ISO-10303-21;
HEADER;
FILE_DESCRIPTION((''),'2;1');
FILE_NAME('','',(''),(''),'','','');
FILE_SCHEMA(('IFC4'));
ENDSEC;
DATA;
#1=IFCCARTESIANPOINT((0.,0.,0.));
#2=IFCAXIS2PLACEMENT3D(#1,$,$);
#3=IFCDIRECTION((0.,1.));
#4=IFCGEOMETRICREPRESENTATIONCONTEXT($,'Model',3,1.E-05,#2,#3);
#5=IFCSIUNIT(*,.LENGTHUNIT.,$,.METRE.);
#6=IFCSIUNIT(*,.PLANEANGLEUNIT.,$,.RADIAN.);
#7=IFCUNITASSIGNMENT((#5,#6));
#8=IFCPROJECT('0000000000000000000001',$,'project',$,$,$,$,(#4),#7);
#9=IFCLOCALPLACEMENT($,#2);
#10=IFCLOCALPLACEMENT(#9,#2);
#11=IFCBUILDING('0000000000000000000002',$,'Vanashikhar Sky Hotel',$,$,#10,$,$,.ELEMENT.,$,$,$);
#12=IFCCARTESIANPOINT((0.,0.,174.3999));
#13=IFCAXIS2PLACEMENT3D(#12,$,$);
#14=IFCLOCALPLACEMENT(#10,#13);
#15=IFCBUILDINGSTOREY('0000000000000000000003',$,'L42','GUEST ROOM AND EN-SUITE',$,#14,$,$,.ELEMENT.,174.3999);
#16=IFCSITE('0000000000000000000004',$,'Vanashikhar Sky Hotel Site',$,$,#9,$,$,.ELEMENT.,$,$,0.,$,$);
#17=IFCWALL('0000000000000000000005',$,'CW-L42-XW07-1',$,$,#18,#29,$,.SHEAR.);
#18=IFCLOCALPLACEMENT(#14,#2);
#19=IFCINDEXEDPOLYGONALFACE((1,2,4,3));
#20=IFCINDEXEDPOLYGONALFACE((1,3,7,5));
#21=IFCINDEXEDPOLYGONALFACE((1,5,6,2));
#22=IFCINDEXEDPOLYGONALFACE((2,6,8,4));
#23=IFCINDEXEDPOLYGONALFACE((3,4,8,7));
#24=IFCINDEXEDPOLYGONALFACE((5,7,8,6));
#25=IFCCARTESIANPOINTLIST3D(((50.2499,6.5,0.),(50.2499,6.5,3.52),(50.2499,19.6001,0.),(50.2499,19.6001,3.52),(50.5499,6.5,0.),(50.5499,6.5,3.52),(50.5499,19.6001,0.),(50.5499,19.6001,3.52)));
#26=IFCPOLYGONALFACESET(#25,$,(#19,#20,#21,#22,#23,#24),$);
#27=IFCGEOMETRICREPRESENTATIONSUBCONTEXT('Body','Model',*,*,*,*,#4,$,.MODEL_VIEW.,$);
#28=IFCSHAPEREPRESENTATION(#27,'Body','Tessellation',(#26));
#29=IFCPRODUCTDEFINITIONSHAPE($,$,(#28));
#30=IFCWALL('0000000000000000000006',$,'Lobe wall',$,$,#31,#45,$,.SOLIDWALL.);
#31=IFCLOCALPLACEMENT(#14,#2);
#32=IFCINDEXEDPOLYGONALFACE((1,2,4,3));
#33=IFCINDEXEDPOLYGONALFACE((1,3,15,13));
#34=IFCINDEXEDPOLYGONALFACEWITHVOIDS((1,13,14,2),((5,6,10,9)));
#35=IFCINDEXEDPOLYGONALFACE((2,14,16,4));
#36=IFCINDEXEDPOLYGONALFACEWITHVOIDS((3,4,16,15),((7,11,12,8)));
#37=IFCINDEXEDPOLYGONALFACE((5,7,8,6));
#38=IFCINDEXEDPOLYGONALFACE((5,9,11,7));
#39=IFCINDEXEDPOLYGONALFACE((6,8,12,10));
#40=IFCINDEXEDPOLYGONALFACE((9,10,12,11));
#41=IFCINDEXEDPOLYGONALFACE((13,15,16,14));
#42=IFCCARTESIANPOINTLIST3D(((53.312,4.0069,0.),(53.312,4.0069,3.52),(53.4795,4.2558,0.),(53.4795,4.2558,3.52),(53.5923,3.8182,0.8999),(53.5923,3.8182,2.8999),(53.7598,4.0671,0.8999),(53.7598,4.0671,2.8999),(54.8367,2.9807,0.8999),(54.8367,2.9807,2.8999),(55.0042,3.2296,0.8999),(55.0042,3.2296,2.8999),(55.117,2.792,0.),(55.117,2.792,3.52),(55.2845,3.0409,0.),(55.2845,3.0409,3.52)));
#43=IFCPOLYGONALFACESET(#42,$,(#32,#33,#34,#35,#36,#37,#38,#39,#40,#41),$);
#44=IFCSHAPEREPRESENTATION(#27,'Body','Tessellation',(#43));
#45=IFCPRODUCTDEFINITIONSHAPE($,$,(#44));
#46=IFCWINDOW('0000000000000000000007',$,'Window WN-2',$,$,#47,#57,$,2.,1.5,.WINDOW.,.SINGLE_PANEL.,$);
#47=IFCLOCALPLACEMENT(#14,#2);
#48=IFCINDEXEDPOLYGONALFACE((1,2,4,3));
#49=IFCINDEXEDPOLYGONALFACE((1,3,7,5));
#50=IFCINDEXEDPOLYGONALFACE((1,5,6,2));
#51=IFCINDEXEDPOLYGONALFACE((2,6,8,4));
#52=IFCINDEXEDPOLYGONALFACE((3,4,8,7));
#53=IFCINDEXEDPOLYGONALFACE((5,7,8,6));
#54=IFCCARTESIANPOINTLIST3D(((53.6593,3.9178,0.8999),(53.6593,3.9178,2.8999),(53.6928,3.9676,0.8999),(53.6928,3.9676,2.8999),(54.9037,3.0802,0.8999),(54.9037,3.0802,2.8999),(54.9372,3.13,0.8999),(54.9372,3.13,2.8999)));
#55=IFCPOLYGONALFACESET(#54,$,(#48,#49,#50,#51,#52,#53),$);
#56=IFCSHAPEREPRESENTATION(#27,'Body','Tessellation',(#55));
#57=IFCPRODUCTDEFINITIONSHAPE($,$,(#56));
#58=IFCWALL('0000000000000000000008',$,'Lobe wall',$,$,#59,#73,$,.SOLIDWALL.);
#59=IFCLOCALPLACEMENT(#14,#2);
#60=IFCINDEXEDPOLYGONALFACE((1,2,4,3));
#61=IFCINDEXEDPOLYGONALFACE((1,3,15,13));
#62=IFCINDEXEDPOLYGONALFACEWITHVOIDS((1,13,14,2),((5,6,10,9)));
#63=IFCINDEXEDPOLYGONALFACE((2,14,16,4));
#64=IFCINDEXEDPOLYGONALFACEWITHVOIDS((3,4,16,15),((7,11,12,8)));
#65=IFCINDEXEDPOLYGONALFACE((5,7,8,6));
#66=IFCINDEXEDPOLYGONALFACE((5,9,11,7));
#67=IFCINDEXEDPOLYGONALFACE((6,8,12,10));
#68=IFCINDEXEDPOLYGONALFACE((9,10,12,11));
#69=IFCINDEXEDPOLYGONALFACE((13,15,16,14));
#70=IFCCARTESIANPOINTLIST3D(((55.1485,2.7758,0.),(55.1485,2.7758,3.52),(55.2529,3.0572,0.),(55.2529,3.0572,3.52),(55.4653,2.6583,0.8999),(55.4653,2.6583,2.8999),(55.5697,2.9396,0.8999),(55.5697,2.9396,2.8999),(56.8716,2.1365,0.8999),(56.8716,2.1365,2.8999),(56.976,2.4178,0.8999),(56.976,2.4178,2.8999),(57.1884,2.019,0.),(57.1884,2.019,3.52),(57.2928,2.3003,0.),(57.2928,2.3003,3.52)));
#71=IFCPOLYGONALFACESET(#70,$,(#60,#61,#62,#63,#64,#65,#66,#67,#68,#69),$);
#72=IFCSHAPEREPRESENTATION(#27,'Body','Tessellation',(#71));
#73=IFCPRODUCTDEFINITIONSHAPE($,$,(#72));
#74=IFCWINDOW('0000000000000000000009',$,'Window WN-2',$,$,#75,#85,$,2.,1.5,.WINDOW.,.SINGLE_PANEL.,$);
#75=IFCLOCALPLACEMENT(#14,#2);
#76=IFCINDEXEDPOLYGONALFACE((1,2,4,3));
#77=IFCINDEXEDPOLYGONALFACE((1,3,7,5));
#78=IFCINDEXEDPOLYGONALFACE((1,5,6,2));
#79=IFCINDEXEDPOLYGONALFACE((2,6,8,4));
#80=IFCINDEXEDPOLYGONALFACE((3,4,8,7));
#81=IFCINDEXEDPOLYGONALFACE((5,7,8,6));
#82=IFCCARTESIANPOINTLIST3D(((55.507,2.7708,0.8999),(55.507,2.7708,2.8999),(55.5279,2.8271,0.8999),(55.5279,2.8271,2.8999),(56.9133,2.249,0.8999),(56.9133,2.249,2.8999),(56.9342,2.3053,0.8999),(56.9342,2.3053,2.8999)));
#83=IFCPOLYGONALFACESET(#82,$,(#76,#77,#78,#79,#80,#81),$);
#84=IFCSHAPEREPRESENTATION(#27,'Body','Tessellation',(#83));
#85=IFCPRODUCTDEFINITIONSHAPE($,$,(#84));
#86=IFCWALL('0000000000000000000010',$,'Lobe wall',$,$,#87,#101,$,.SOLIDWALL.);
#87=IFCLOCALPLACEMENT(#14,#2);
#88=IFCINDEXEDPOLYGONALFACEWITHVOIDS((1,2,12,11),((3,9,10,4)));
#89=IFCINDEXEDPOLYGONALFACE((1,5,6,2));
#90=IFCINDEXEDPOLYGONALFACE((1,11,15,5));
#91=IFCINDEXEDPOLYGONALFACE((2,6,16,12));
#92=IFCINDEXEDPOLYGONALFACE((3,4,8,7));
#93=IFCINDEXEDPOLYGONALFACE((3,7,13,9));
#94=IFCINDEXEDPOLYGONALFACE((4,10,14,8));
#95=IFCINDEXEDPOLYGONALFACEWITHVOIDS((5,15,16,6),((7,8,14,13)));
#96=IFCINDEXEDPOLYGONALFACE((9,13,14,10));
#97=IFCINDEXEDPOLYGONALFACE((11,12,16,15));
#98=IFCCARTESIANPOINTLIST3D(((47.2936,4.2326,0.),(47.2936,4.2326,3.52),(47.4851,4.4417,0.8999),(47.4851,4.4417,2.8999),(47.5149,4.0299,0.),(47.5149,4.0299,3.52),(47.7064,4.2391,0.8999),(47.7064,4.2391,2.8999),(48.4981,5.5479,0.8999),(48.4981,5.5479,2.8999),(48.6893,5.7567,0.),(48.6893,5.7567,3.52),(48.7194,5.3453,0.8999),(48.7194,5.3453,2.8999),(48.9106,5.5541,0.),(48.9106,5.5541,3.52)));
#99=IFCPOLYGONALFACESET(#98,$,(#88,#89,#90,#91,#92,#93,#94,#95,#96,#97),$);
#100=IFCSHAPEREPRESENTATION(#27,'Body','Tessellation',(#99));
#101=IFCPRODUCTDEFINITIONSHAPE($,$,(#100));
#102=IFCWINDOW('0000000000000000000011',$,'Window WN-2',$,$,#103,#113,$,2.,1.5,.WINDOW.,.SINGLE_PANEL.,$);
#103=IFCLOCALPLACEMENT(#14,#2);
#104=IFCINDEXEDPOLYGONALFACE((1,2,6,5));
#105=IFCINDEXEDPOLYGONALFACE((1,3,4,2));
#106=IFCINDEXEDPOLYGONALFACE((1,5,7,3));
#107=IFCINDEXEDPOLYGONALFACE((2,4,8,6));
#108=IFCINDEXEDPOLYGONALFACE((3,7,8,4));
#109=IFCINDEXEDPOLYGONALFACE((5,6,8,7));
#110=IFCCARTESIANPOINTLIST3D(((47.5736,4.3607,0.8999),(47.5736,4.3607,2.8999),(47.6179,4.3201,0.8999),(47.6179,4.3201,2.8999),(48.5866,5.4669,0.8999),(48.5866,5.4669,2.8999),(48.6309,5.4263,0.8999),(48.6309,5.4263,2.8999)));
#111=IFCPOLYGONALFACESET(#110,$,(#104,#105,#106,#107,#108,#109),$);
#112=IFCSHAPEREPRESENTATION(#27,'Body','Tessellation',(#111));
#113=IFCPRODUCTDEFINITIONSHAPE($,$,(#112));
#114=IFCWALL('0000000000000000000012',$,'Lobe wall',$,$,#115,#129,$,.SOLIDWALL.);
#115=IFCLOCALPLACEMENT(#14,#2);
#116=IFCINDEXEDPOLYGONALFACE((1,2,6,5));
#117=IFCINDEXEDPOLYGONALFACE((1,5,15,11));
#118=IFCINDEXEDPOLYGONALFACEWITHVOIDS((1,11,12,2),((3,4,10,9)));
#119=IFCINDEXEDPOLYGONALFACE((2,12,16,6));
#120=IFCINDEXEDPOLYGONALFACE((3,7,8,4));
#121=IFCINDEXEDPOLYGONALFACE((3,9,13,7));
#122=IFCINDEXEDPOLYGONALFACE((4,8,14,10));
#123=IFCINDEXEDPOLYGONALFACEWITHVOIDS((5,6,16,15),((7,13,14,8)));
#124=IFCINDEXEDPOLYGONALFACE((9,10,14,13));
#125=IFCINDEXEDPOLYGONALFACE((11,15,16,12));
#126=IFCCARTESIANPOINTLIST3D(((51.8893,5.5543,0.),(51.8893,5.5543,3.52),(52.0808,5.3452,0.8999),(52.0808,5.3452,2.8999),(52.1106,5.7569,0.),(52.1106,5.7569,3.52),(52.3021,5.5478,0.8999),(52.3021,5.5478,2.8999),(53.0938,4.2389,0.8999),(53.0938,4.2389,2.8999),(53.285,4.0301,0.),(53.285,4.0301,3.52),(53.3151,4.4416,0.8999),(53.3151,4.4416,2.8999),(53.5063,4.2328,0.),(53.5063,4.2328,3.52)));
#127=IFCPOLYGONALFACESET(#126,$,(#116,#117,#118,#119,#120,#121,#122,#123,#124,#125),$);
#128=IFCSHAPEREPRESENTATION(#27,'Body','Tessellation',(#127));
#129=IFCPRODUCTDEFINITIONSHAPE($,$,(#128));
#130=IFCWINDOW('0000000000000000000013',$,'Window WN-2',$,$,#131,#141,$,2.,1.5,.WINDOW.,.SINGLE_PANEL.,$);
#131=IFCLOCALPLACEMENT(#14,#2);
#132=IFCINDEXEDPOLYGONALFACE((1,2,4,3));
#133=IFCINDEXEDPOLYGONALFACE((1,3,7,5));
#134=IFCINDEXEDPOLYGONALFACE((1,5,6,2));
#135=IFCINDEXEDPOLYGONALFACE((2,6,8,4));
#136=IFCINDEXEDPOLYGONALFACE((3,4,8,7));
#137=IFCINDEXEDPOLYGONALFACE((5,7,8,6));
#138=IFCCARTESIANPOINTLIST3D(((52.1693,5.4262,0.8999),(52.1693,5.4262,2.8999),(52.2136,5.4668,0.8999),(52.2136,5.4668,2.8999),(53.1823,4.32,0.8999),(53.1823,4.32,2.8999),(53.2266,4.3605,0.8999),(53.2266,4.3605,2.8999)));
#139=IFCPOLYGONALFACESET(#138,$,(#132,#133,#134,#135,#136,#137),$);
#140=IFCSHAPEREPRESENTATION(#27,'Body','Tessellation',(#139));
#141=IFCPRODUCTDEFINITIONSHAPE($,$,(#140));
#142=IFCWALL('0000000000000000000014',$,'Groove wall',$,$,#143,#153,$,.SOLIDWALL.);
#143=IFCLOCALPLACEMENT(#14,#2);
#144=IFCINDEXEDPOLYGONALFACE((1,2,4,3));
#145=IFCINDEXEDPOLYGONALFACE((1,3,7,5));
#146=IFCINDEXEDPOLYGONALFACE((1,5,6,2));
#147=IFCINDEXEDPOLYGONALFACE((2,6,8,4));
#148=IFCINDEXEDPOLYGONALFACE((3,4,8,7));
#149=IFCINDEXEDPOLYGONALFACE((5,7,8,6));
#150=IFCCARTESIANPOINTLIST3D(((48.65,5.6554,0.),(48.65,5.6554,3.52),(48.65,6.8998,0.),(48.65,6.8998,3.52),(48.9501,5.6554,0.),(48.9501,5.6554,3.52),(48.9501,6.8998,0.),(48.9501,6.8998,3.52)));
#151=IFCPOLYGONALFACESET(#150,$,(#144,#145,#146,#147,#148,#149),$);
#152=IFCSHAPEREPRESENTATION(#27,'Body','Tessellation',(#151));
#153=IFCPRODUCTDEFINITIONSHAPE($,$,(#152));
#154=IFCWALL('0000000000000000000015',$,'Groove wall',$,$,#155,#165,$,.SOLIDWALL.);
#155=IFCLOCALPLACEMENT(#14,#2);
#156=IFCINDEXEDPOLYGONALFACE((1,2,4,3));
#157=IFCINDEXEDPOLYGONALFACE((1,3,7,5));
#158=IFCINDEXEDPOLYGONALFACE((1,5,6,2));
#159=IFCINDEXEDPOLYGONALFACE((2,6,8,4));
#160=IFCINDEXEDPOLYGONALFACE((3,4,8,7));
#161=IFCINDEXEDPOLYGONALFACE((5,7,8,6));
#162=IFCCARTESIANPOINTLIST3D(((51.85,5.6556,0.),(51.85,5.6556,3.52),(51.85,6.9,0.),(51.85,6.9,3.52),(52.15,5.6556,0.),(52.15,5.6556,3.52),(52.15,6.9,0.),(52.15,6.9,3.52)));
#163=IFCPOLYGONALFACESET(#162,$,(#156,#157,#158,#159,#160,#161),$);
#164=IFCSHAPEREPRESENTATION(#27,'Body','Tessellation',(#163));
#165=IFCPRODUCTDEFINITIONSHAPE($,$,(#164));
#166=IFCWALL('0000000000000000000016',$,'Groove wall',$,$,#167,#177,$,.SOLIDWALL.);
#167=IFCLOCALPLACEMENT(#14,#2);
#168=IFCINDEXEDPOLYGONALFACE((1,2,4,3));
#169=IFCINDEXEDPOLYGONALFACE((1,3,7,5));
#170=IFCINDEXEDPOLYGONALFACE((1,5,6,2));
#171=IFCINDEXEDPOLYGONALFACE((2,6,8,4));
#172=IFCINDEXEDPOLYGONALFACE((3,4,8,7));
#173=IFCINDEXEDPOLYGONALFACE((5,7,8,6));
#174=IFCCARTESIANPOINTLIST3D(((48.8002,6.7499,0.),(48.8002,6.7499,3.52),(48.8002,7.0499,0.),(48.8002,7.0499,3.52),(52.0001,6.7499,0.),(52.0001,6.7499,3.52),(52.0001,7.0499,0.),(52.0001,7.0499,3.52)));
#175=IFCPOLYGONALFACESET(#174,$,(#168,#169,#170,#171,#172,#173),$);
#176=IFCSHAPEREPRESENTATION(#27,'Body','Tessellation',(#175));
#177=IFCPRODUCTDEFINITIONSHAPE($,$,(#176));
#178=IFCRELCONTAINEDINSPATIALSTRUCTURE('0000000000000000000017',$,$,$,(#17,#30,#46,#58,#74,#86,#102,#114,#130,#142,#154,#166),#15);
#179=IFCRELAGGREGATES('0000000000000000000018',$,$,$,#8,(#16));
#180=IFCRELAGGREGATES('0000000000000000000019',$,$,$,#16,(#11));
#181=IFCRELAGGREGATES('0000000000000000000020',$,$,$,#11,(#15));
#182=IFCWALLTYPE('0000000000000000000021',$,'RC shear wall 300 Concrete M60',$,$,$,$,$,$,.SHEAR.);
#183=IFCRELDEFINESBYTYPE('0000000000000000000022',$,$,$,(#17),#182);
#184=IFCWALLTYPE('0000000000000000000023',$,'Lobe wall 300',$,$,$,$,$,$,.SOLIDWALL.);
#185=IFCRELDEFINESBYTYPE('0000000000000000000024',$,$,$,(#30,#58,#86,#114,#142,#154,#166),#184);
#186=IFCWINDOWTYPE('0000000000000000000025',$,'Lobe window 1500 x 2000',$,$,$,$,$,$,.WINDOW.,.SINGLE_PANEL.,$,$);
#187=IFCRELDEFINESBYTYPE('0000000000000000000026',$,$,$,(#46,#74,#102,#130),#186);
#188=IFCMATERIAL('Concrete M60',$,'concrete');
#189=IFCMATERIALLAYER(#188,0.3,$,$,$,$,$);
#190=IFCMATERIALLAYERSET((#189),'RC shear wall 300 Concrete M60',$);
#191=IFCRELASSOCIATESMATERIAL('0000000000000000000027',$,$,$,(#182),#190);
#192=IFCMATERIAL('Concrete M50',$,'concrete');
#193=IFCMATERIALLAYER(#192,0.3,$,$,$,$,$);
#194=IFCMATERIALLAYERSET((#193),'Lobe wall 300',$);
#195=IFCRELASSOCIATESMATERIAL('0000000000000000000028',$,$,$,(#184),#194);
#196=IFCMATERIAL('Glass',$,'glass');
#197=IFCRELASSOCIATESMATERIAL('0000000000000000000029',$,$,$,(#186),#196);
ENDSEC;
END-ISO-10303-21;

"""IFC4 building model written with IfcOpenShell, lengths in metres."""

from ifc_helpers import new_model, si_unit, direction, frame, frame_2d, origin, place, context, subcontext, project, spatial, rectangle, extrude, source, transform, mapped, material, layer, layer_set, type_object, element, fill, save


model = new_model("IFC4")

# Units and contexts
model_context = context("Model", 3, precision=1e-05, world=origin(), true_north=direction((0.0, 1.0)))
body_context = subcontext(model_context, "Body", "Model", "MODEL_VIEW")
ifc_project = project(units=[si_unit("LENGTHUNIT", "METRE"), si_unit("PLANEANGLEUNIT", "RADIAN")], contexts=[model_context])

# Site, building, storey
site_placement = place(None, origin())
site = spatial("IfcSite", under=ifc_project, at=site_placement, Name="Vanashikhar Sky Hotel Site", CompositionType="ELEMENT", RefElevation=0.0)
building_placement = place(site_placement, origin())
building = spatial("IfcBuilding", under=site, at=building_placement, Name="Vanashikhar Sky Hotel", CompositionType="ELEMENT")
storey_placement = place(building_placement, frame((0.0, 0.0, 174.3999)))
storey = spatial("IfcBuildingStorey", under=building, at=storey_placement, Name="L42", Description="GUEST ROOM AND EN-SUITE", CompositionType="ELEMENT", Elevation=174.3999)

# Wall
ifc_material_1 = material(Name="Concrete M60", Category="concrete")
ifc_layer_1 = layer(ifc_material_1, 0.3)
ifc_layer_set_1 = layer_set([ifc_layer_1], Name="RC shear wall 300 Concrete M60")
wall_type_1 = type_object("IfcWallType", Name="RC shear wall 300 Concrete M60", PredefinedType="SHEAR", material=ifc_layer_set_1)
shared_shape_1 = source(origin(), body_context, "Body", "SweptSolid", [
    extrude(rectangle(XDim=13.1001, YDim=0.3, at=frame_2d((6.55, 0.0))), origin(), (0.0, 0.0, 1.0), 3.52),
])
wall_1_placement = place(storey_placement, frame((50.3999, 6.5, 0.0), z_axis=(0.0, 0.0, 1.0), x_axis=(0.0, 1.0, 0.0)))
element("IfcWall", 1, at=wall_1_placement, inside=storey, type_object=wall_type_1, Name="CW-L42-XW07-1", PredefinedType="SHEAR", context=body_context, shape_type="MappedRepresentation", body=[
    mapped(shared_shape_1, transform((0.0, 0.0, 0.0), scale=1.0)),
])

# Walls, openings, windows
ifc_material_2 = material(Name="Concrete M50", Category="concrete")
ifc_layer_2 = layer(ifc_material_2, 0.3)
ifc_layer_set_2 = layer_set([ifc_layer_2], Name="Lobe wall 300")
wall_type_2 = type_object("IfcWallType", Name="Lobe wall 300", PredefinedType="SOLIDWALL", material=ifc_layer_set_2)
shared_shape_2 = source(origin(), body_context, "Body", "SweptSolid", [
    extrude(rectangle(XDim=2.1758, YDim=0.3, at=frame_2d((1.0879, 0.0))), origin(), (0.0, 0.0, 1.0), 3.52),
])
wall_2_placement = place(storey_placement, frame((53.3958, 4.1313, 0.0), z_axis=(0.0, 0.0, 1.0), x_axis=(0.829591, -0.558372, 0.0)))
wall_2 = element("IfcWall", 2, at=wall_2_placement, inside=storey, type_object=wall_type_2, Name="Lobe wall", PredefinedType="SOLIDWALL", context=body_context, shape_type="MappedRepresentation", body=[
    mapped(shared_shape_2, transform((0.0, 0.0, 0.0), scale=1.0)),
])
shared_shape_3 = source(origin(), body_context, "Body", "SweptSolid", [
    extrude(rectangle(XDim=1.5, YDim=2.0, at=frame_2d((0.75, 1.0))), frame((0.0, 0.1602, 0.0), z_axis=(0.0, -1.0, 0.0), x_axis=(1.0, 0.0, 0.0)), (0.0, 0.0, 1.0), 0.3201),
])
opening_1_placement = place(wall_2_placement, frame((0.3379, 0.0, 0.8999)))
opening_1 = element("IfcOpeningElement", 3, at=opening_1_placement, cuts=wall_2, PredefinedType="OPENING", context=body_context, shape_type="MappedRepresentation", body=[
    mapped(shared_shape_3, transform((0.0, 0.0, 0.0), scale=1.0)),
])
ifc_material_3 = material(Name="Glass", Category="glass")
window_type = type_object("IfcWindowType", Name="Lobe window 1500 x 2000", PartitioningType="SINGLE_PANEL", PredefinedType="WINDOW", material=ifc_material_3)
shared_shape_4 = source(origin(), body_context, "Body", "SweptSolid", [
    extrude(rectangle(XDim=1.5, YDim=2.0, at=frame_2d((0.75, 1.0))), frame((0.0, 0.03, 0.0), z_axis=(0.0, -1.0, 0.0), x_axis=(1.0, 0.0, 0.0)), (0.0, 0.0, 1.0), 0.0601),
])
window_1_placement = place(opening_1_placement, origin())
window_1 = element("IfcWindow", 4, at=window_1_placement, inside=storey, type_object=window_type, Name="Window WN-2", OverallHeight=2.0, OverallWidth=1.5, PartitioningType="SINGLE_PANEL", PredefinedType="WINDOW", context=body_context, shape_type="MappedRepresentation", body=[
    mapped(shared_shape_4, transform((0.0, 0.0, 0.0), scale=1.0)),
])
fill(opening_1, window_1)
wall_3_placement = place(storey_placement, frame((55.2007, 2.9165, 0.0), z_axis=(0.0, 0.0, 1.0), x_axis=(0.937546, -0.347863, 0.0)))
wall_3 = element("IfcWall", 5, at=wall_3_placement, inside=storey, type_object=wall_type_2, Name="Lobe wall", PredefinedType="SOLIDWALL", context=body_context, shape_type="MappedRepresentation", body=[
    mapped(shared_shape_2, transform((0.0, 0.0, 0.0), scale=1.0)),
])
opening_2_placement = place(wall_3_placement, frame((0.3379, 0.0, 0.8999)))
opening_2 = element("IfcOpeningElement", 6, at=opening_2_placement, cuts=wall_3, PredefinedType="OPENING", context=body_context, shape_type="MappedRepresentation", body=[
    mapped(shared_shape_3, transform((0.0, 0.0, 0.0), scale=1.0)),
])
window_2_placement = place(opening_2_placement, origin())
window_2 = element("IfcWindow", 7, at=window_2_placement, inside=storey, type_object=window_type, Name="Window WN-2", OverallHeight=2.0, OverallWidth=1.5, PartitioningType="SINGLE_PANEL", PredefinedType="WINDOW", context=body_context, shape_type="MappedRepresentation", body=[
    mapped(shared_shape_4, transform((0.0, 0.0, 0.0), scale=1.0)),
])
fill(opening_2, window_2)
shared_shape_5 = source(origin(), body_context, "Body", "SweptSolid", [
    extrude(rectangle(XDim=2.0667, YDim=0.3, at=frame_2d((1.0332, 0.0))), origin(), (0.0, 0.0, 1.0), 3.52),
])
wall_4_placement = place(storey_placement, frame((47.4043, 4.1313, 0.0), z_axis=(0.0, 0.0, 1.0), x_axis=(0.675355, 0.737492, 0.0)))
wall_4 = element("IfcWall", 8, at=wall_4_placement, inside=storey, type_object=wall_type_2, Name="Lobe wall", PredefinedType="SOLIDWALL", context=body_context, shape_type="MappedRepresentation", body=[
    mapped(shared_shape_5, transform((0.0, 0.0, 0.0), scale=1.0)),
])
opening_3_placement = place(wall_4_placement, frame((0.2834, 0.0, 0.8999)))
opening_3 = element("IfcOpeningElement", 9, at=opening_3_placement, cuts=wall_4, PredefinedType="OPENING", context=body_context, shape_type="MappedRepresentation", body=[
    mapped(shared_shape_3, transform((0.0, 0.0, 0.0), scale=1.0)),
])
window_3_placement = place(opening_3_placement, origin())
window_3 = element("IfcWindow", 10, at=window_3_placement, inside=storey, type_object=window_type, Name="Window WN-2", OverallHeight=2.0, OverallWidth=1.5, PartitioningType="SINGLE_PANEL", PredefinedType="WINDOW", context=body_context, shape_type="MappedRepresentation", body=[
    mapped(shared_shape_4, transform((0.0, 0.0, 0.0), scale=1.0)),
])
fill(opening_3, window_3)
wall_5_placement = place(storey_placement, frame((52.0, 5.6555, 0.0), z_axis=(0.0, 0.0, 1.0), x_axis=(0.675355, -0.737492, 0.0)))
wall_5 = element("IfcWall", 11, at=wall_5_placement, inside=storey, type_object=wall_type_2, Name="Lobe wall", PredefinedType="SOLIDWALL", context=body_context, shape_type="MappedRepresentation", body=[
    mapped(shared_shape_5, transform((0.0, 0.0, 0.0), scale=1.0)),
])
opening_4_placement = place(wall_5_placement, frame((0.2834, 0.0, 0.8999)))
opening_4 = element("IfcOpeningElement", 12, at=opening_4_placement, cuts=wall_5, PredefinedType="OPENING", context=body_context, shape_type="MappedRepresentation", body=[
    mapped(shared_shape_3, transform((0.0, 0.0, 0.0), scale=1.0)),
])
window_4_placement = place(opening_4_placement, origin())
window_4 = element("IfcWindow", 13, at=window_4_placement, inside=storey, type_object=window_type, Name="Window WN-2", OverallHeight=2.0, OverallWidth=1.5, PartitioningType="SINGLE_PANEL", PredefinedType="WINDOW", context=body_context, shape_type="MappedRepresentation", body=[
    mapped(shared_shape_4, transform((0.0, 0.0, 0.0), scale=1.0)),
])
fill(opening_4, window_4)

# Walls
shared_shape_6 = source(origin(), body_context, "Body", "SweptSolid", [
    extrude(rectangle(XDim=1.2444, YDim=0.3, at=frame_2d((0.6221, 0.0))), origin(), (0.0, 0.0, 1.0), 3.52),
])
for number, where, z_axis, x_axis, name in (
    (14, (48.8, 5.6555, 0.0), (0.0, 0.0, 1.0), (0.0, 1.0, 0.0), "Groove wall"),
    (15, (52.0, 6.8999, 0.0), (0.0, 0.0, 1.0), (0.0, -1.0, 0.0), "Groove wall"),
):
    element("IfcWall", number, at=place(storey_placement, frame(where, z_axis=z_axis, x_axis=x_axis)), inside=storey, type_object=wall_type_2, Name=name, PredefinedType="SOLIDWALL", context=body_context, shape_type="MappedRepresentation", body=[
        mapped(shared_shape_6, transform((0.0, 0.0, 0.0), scale=1.0)),
    ])
shared_shape_7 = source(origin(), body_context, "Body", "SweptSolid", [
    extrude(rectangle(XDim=3.2, YDim=0.3, at=frame_2d((1.6001, 0.0))), origin(), (0.0, 0.0, 1.0), 3.52),
])
wall_6_placement = place(storey_placement, frame((48.8, 6.8999, 0.0), z_axis=(0.0, 0.0, 1.0), x_axis=(1.0, 0.0, 0.0)))
element("IfcWall", 16, at=wall_6_placement, inside=storey, type_object=wall_type_2, Name="Groove wall", PredefinedType="SOLIDWALL", context=body_context, shape_type="MappedRepresentation", body=[
    mapped(shared_shape_7, transform((0.0, 0.0, 0.0), scale=1.0)),
])

save(model, "model.ifc")
